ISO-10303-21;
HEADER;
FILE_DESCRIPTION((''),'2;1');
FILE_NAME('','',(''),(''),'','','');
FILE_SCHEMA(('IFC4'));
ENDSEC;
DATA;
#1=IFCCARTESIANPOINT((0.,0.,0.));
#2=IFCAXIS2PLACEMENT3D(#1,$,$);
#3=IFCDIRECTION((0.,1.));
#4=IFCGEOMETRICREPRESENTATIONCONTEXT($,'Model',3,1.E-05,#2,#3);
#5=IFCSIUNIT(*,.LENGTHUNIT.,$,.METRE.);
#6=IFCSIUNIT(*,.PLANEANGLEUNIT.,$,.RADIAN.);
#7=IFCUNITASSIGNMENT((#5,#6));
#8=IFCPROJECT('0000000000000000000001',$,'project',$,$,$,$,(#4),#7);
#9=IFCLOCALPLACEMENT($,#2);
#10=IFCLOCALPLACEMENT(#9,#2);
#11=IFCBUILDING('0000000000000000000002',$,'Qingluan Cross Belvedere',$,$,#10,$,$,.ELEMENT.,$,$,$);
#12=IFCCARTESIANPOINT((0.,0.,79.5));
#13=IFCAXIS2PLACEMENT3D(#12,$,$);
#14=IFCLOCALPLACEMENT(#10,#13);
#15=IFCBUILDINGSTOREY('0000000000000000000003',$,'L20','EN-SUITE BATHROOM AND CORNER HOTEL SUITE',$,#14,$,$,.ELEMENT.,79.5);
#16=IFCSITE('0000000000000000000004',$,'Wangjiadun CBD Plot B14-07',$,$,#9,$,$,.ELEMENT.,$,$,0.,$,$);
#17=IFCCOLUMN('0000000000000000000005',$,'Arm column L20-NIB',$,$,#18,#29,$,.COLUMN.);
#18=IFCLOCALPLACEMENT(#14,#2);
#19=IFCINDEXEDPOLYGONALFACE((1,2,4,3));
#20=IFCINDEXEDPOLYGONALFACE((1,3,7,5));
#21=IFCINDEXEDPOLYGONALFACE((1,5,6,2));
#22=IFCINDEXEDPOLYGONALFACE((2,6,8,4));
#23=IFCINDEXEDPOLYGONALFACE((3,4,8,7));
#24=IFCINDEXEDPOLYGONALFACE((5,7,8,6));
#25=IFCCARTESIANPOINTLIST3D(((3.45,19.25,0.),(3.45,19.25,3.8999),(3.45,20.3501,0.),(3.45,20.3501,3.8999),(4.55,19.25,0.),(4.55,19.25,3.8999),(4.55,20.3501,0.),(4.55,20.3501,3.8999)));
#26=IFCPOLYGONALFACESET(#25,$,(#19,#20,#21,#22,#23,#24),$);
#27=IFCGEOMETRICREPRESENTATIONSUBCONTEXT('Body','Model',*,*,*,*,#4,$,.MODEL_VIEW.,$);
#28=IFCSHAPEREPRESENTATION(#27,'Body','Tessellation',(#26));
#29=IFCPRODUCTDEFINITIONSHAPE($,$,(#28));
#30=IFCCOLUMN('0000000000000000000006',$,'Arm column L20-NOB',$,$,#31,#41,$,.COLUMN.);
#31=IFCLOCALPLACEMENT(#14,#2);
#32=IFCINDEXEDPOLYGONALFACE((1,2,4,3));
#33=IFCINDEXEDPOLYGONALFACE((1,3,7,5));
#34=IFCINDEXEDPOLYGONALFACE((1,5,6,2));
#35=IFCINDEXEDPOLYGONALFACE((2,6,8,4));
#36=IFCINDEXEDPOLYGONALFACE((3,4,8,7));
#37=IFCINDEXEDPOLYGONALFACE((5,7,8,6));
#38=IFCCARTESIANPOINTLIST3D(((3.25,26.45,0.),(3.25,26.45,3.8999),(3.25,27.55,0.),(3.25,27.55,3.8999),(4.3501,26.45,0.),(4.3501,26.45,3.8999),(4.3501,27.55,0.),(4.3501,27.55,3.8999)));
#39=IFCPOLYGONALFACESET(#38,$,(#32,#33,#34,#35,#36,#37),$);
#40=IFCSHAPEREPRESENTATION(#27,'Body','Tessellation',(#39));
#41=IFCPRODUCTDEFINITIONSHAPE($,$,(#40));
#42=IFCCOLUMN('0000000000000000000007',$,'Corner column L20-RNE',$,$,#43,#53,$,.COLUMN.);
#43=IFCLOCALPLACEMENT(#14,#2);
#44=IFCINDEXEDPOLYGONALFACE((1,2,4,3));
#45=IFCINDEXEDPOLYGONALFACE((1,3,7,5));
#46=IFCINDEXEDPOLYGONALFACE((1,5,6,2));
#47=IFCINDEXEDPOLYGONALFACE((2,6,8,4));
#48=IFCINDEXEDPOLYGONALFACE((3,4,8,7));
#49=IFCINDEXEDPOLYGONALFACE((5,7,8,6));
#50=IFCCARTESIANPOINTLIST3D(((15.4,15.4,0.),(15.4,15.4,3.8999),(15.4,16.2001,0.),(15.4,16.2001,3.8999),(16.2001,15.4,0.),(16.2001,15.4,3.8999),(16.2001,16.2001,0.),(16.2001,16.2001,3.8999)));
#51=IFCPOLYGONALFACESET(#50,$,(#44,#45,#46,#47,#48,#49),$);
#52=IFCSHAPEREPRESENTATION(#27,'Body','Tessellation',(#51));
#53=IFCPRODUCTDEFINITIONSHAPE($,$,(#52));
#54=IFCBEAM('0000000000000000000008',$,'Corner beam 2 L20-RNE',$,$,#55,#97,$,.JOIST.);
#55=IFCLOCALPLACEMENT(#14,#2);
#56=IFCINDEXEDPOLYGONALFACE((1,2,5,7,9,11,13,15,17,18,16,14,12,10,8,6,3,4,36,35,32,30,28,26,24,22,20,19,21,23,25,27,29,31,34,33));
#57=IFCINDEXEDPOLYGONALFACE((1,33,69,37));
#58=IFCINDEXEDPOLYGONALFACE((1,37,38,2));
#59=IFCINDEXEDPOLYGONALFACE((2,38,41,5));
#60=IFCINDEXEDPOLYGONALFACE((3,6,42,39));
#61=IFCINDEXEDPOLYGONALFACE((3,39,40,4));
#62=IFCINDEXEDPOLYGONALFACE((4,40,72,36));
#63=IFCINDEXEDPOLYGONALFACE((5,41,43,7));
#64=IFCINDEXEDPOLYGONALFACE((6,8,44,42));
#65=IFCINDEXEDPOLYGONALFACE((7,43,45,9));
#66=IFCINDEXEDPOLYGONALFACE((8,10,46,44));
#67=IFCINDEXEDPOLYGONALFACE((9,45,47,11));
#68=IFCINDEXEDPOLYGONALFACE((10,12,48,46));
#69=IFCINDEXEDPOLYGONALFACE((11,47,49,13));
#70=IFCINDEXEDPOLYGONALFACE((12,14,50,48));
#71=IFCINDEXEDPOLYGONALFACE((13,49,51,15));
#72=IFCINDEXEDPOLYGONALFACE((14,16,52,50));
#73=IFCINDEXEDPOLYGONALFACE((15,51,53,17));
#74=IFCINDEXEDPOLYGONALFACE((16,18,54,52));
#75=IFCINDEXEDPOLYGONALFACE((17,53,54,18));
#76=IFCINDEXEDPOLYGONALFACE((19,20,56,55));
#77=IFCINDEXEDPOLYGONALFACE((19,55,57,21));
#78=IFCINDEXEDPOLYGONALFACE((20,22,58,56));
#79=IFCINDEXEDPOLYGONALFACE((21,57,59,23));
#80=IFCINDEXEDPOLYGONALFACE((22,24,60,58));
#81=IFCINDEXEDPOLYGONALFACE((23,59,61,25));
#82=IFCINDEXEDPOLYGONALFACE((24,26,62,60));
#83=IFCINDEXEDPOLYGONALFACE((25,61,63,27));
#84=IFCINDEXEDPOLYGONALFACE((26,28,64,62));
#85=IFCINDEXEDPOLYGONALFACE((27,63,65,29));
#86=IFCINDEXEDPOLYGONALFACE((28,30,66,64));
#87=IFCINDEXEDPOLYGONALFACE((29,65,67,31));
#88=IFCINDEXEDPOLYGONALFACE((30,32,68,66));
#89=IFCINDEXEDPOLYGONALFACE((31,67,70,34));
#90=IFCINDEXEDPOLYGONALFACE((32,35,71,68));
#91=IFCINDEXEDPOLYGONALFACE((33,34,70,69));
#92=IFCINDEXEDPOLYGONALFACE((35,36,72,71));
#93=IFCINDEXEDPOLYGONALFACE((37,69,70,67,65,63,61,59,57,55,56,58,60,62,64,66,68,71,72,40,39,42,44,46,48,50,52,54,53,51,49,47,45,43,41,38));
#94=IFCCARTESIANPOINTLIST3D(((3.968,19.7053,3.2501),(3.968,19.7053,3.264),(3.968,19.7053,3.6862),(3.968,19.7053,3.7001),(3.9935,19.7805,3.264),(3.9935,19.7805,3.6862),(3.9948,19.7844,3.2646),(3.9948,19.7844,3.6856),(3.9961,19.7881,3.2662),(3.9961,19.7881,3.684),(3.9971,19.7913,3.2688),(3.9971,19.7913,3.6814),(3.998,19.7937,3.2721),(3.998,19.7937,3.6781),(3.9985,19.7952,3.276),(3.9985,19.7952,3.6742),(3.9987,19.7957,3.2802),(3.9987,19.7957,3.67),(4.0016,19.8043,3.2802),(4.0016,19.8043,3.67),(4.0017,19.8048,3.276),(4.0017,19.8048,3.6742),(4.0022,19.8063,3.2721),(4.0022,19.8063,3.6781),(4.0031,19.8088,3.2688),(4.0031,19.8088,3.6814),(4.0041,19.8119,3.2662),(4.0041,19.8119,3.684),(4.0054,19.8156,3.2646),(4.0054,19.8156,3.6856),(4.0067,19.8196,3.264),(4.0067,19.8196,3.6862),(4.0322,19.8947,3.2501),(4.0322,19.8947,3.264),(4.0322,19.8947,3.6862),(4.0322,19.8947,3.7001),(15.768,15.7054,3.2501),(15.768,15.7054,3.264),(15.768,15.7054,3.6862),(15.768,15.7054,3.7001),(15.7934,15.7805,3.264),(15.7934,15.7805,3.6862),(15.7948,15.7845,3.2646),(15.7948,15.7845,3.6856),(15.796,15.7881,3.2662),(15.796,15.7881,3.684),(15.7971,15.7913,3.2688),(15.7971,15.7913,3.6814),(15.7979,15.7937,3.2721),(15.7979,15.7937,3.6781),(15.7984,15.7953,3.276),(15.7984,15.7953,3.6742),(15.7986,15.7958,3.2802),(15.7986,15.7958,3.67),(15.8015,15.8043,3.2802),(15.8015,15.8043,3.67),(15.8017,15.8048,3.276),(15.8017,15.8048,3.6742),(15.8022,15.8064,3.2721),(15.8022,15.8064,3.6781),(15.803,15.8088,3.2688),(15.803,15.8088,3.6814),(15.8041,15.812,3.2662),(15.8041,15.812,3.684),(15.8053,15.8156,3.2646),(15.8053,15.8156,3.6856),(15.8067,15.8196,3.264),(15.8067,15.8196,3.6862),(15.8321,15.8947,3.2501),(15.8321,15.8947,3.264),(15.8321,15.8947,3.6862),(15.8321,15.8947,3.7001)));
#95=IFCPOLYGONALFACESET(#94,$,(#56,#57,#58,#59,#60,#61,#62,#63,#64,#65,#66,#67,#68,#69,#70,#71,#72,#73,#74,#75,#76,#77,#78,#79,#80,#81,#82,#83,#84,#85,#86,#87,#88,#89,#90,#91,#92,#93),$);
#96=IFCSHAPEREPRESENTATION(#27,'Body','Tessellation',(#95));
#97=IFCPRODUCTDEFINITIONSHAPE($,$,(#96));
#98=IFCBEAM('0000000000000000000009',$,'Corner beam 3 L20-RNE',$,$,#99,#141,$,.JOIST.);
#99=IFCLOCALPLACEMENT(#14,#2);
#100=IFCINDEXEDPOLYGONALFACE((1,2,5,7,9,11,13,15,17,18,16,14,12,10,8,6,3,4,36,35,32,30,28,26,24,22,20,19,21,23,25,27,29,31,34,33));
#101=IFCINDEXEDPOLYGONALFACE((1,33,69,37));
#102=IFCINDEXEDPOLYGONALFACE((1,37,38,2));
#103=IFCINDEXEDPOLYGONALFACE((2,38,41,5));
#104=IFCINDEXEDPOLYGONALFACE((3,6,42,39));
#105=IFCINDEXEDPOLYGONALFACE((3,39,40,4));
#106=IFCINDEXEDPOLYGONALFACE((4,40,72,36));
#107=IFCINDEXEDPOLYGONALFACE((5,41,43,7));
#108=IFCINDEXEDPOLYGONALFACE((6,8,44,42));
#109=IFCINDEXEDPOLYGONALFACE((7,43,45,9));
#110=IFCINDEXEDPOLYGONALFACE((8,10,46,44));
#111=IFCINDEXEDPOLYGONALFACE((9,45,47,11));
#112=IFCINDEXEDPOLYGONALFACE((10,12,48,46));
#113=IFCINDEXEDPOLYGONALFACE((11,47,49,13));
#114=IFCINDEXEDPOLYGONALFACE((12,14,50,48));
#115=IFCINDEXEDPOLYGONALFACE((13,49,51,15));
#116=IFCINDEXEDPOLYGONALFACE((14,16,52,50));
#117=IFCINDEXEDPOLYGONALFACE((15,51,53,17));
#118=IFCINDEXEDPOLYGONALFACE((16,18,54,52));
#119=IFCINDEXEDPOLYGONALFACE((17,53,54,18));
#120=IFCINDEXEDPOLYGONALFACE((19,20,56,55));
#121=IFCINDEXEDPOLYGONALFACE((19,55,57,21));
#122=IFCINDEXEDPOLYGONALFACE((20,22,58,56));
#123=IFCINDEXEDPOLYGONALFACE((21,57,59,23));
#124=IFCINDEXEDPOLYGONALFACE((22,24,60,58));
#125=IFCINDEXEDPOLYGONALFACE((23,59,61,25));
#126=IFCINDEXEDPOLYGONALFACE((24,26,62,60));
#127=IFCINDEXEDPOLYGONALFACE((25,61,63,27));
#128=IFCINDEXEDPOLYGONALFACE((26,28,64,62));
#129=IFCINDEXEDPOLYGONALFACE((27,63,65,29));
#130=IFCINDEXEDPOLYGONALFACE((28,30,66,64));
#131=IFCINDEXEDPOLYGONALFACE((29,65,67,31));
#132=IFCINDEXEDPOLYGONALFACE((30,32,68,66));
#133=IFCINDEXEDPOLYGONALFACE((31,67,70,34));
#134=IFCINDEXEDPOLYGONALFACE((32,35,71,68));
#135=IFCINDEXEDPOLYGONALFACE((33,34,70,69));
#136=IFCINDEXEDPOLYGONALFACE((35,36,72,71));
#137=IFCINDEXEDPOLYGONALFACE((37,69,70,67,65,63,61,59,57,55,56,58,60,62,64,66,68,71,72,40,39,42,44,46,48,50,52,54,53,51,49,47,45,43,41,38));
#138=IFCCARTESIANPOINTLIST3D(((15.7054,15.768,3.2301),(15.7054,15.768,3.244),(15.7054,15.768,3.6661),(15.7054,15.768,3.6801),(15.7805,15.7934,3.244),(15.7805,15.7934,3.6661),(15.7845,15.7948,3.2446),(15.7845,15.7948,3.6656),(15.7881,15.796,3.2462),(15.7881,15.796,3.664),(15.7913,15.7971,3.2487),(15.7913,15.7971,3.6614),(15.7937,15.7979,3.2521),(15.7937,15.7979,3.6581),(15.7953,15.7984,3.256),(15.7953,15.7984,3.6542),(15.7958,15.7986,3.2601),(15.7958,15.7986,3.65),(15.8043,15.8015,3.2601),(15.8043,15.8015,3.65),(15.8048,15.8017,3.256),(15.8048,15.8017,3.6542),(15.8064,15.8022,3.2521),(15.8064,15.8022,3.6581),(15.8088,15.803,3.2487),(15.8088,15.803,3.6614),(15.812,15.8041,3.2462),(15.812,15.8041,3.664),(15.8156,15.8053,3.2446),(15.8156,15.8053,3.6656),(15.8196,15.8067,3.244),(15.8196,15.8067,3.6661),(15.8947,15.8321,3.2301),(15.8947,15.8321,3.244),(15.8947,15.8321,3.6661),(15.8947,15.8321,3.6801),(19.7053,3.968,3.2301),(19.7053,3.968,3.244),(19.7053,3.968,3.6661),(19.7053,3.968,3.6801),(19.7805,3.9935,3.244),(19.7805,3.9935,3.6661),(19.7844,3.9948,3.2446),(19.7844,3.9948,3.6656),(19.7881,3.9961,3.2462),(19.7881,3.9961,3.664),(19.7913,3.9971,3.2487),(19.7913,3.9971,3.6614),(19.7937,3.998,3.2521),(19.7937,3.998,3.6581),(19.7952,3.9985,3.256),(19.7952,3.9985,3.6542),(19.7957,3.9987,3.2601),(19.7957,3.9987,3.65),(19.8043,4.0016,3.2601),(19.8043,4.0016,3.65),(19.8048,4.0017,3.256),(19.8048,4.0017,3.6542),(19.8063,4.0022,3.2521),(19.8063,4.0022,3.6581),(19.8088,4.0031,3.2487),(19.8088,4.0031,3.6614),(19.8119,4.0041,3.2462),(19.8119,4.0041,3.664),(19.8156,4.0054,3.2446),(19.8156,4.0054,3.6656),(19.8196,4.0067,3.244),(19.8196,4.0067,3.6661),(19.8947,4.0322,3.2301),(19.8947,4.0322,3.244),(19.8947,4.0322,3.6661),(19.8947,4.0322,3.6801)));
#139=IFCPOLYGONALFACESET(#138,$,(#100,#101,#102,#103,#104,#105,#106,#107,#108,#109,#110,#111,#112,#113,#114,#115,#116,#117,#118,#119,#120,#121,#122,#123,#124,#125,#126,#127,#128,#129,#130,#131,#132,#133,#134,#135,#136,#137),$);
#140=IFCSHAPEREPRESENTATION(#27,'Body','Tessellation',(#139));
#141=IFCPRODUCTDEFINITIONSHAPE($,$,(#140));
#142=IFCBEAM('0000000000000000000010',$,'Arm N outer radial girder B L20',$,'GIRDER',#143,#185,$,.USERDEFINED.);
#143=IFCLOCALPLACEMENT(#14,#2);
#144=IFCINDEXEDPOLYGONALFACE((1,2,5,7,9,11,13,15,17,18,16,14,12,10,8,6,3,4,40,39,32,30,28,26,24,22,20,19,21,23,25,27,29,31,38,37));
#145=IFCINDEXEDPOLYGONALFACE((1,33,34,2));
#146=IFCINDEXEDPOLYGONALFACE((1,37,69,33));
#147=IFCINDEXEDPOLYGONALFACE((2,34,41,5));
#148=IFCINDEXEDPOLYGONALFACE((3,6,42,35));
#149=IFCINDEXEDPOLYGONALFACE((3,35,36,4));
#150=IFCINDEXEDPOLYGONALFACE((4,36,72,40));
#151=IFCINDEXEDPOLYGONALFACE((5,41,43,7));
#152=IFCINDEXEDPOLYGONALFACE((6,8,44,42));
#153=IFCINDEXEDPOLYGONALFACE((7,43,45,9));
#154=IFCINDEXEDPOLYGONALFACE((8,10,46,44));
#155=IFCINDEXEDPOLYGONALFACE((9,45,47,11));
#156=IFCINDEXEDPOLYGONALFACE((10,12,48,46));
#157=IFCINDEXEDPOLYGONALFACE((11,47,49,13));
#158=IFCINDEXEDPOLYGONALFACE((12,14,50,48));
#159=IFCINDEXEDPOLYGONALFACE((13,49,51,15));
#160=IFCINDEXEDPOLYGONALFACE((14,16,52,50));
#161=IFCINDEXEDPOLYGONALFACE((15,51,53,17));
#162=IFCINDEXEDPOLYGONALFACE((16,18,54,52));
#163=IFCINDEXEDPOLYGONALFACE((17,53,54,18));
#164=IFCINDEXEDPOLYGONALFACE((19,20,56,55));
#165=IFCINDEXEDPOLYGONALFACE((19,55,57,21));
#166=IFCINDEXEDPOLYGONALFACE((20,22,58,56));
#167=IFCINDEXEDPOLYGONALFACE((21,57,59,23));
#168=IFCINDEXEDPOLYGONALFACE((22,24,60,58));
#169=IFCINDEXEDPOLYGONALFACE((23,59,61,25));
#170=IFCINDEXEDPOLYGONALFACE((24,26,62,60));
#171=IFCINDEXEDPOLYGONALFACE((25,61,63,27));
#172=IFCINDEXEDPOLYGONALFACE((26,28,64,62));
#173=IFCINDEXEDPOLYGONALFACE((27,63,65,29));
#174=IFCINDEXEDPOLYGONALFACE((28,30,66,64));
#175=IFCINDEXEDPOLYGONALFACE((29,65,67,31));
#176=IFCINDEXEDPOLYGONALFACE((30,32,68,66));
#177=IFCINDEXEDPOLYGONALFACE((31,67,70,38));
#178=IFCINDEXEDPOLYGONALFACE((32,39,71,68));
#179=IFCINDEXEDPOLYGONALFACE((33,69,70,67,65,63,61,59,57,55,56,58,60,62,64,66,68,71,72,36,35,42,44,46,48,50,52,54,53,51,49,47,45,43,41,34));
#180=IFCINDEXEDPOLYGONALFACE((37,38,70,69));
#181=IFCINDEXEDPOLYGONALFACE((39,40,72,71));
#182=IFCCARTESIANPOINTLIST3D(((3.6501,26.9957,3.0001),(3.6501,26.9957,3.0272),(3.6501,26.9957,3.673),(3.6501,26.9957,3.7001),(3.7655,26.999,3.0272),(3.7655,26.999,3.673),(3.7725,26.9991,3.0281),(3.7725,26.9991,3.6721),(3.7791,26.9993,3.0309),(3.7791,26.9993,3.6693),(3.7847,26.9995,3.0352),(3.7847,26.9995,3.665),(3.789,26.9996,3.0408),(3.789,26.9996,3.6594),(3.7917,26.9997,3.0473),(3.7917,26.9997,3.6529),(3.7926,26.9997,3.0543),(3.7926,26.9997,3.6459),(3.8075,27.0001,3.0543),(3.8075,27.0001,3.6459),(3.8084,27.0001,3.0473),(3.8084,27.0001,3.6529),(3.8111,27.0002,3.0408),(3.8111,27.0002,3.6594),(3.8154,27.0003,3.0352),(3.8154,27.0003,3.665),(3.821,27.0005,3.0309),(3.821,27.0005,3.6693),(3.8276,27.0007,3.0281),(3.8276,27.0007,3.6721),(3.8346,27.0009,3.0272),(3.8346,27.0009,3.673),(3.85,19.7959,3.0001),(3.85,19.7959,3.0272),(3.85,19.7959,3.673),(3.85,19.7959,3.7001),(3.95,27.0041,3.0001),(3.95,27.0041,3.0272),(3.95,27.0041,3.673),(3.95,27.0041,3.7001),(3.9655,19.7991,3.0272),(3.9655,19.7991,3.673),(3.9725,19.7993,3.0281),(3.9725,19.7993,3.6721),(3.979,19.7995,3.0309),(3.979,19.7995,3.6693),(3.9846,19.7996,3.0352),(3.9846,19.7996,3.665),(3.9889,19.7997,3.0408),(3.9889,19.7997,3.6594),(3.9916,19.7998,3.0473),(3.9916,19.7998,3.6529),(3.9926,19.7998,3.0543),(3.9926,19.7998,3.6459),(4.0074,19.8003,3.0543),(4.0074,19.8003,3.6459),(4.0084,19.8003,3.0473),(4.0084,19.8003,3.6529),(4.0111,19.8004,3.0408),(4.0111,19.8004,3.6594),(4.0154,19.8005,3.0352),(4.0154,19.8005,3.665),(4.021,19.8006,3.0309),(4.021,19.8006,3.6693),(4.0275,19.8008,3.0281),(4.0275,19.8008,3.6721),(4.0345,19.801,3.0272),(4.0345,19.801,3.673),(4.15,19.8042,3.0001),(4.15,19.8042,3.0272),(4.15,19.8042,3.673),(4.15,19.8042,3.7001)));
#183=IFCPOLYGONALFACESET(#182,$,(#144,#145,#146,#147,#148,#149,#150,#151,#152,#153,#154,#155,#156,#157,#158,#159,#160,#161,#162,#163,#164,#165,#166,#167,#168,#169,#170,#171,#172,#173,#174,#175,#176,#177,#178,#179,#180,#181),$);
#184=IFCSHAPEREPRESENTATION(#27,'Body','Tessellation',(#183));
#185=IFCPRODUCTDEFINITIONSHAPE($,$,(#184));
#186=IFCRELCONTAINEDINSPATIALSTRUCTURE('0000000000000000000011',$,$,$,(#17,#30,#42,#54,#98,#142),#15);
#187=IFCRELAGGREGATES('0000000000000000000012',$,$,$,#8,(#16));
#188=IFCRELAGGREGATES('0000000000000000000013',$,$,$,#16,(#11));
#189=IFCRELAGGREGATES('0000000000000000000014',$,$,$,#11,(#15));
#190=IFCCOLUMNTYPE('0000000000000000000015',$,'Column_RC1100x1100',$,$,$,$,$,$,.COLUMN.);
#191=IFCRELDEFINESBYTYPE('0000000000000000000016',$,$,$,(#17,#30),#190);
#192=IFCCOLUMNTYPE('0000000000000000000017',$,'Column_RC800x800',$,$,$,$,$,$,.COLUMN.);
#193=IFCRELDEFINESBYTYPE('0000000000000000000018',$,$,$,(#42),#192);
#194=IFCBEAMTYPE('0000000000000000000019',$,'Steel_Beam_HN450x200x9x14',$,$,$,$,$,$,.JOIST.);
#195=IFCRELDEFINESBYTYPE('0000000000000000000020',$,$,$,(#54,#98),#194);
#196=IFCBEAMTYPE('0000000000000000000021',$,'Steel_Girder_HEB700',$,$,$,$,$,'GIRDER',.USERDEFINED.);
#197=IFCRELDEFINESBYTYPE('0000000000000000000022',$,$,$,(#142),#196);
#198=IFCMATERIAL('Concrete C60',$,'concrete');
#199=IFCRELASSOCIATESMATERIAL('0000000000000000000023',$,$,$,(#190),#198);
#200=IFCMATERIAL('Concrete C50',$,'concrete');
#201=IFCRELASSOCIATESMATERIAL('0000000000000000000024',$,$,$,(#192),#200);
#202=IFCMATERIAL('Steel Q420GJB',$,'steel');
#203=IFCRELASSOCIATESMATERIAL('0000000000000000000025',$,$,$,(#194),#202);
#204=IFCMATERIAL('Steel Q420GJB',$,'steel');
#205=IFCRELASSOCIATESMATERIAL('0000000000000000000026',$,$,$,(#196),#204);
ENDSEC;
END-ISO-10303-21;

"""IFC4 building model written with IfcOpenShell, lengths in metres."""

from ifc_helpers import new_model, si_unit, direction, frame, origin, origin_2d, place, context, subcontext, project, spatial, rectangle, i_section, extrude, material, material_profile, profile_set, type_object, element, save


model = new_model("IFC4")

# Units and contexts
model_context = context("Model", 3, precision=1e-05, world=origin(), true_north=direction((0.0, 1.0)))
body_context = subcontext(model_context, "Body", "Model", "MODEL_VIEW")
ifc_project = project(units=[si_unit("LENGTHUNIT", "METRE"), si_unit("PLANEANGLEUNIT", "RADIAN")], contexts=[model_context])

# Site, building, storey
site_placement = place(None, origin())
site = spatial("IfcSite", under=ifc_project, at=site_placement, Name="Wangjiadun CBD Plot B14-07", CompositionType="ELEMENT", RefElevation=0.0)
building_placement = place(site_placement, origin())
building = spatial("IfcBuilding", under=site, at=building_placement, Name="Qingluan Cross Belvedere", CompositionType="ELEMENT")
storey_placement = place(building_placement, frame((0.0, 0.0, 79.5)))
storey = spatial("IfcBuildingStorey", under=building, at=storey_placement, Name="L20", Description="EN-SUITE BATHROOM AND CORNER HOTEL SUITE", CompositionType="ELEMENT", Elevation=79.5)

# Columns
ifc_material_1 = material(Name="Concrete C60", Category="concrete")
ifc_material_profile_1 = material_profile(ifc_material_1, rectangle(XDim=1.1001, YDim=1.1001, at=origin_2d()), Name="RC1100x1100")
ifc_profile_set_1 = profile_set([ifc_material_profile_1], Name="Concrete C60")
column_type_1 = type_object("IfcColumnType", Name="Column_RC1100x1100", PredefinedType="COLUMN", material=ifc_profile_set_1)
for number, where, z_axis, x_axis, name in (
    (1, (4.0, 19.8, 0.0), (0.0, 0.0, 1.0), (1.0, 0.0, 0.0), "Arm column L20-NIB"),
    (2, (3.8, 27.0, 0.0), (0.0, 0.0, 1.0), (1.0, 0.0, 0.0), "Arm column L20-NOB"),
):
    element("IfcColumn", number, at=place(storey_placement, frame(where, z_axis=z_axis, x_axis=x_axis)), inside=storey, type_object=column_type_1, Name=name, PredefinedType="COLUMN", context=body_context, shape_type="SweptSolid", body=[
        extrude(rectangle(XDim=1.1001, YDim=1.1001, at=origin_2d()), origin(), (0.0, 0.0, 1.0), 3.8999),
    ])
ifc_material_2 = material(Name="Concrete C50", Category="concrete")
ifc_material_profile_2 = material_profile(ifc_material_2, rectangle(XDim=0.8, YDim=0.8, at=origin_2d()), Name="RC800x800")
ifc_profile_set_2 = profile_set([ifc_material_profile_2], Name="Concrete C50")
column_type_2 = type_object("IfcColumnType", Name="Column_RC800x800", PredefinedType="COLUMN", material=ifc_profile_set_2)
column_placement = place(storey_placement, frame((15.8, 15.8, 0.0), z_axis=(0.0, 0.0, 1.0), x_axis=(1.0, 0.0, 0.0)))
element("IfcColumn", 3, at=column_placement, inside=storey, type_object=column_type_2, Name="Corner column L20-RNE", PredefinedType="COLUMN", context=body_context, shape_type="SweptSolid", body=[
    extrude(rectangle(XDim=0.8, YDim=0.8, at=origin_2d()), origin(), (0.0, 0.0, 1.0), 3.8999),
])

# Beams
ifc_material_3 = material(Name="Steel Q420GJB", Category="steel")
ifc_material_profile_3 = material_profile(ifc_material_3, i_section(OverallWidth=0.2, OverallDepth=0.45, WebThickness=0.009, FlangeThickness=0.0139, FilletRadius=0.0161, at=origin_2d()), Name="HN450x200x9x14")
ifc_profile_set_3 = profile_set([ifc_material_profile_3], Name="Steel Q420GJB")
beam_type_1 = type_object("IfcBeamType", Name="Steel_Beam_HN450x200x9x14", PredefinedType="JOIST", material=ifc_profile_set_3)
for number, where, z_axis, x_axis, name in (
    (4, (15.8, 15.8, 3.4751), (-0.947066, 0.321038, 0.0), (-0.321038, -0.947066, 0.0), "Corner beam 2 L20-RNE"),
    (5, (15.8, 15.8, 3.4551), (0.321038, -0.947066, 0.0), (0.947066, 0.321038, 0.0), "Corner beam 3 L20-RNE"),
):
    element("IfcBeam", number, at=place(storey_placement, frame(where, z_axis=z_axis, x_axis=x_axis)), inside=storey, type_object=beam_type_1, Name=name, PredefinedType="JOIST", context=body_context, shape_type="SweptSolid", body=[
        extrude(i_section(OverallWidth=0.2, OverallDepth=0.45, WebThickness=0.009, FlangeThickness=0.0139, FilletRadius=0.0161, at=origin_2d()), origin(), (0.0, 0.0, 1.0), 12.4595),
    ])
ifc_material_4 = material(Name="Steel Q420GJB", Category="steel")
ifc_material_profile_4 = material_profile(ifc_material_4, i_section(OverallWidth=0.3, OverallDepth=0.7, WebThickness=0.0149, FlangeThickness=0.0271, FilletRadius=0.0271, at=origin_2d()), Name="HEB700")
ifc_profile_set_4 = profile_set([ifc_material_profile_4], Name="Steel Q420GJB")
beam_type_2 = type_object("IfcBeamType", Name="Steel_Girder_HEB700", ElementType="GIRDER", PredefinedType="USERDEFINED", material=ifc_profile_set_4)
beam_placement = place(storey_placement, frame((4.0, 19.8, 3.3501), z_axis=(-0.02776, 0.999615, 0.0), x_axis=(-0.999615, -0.02776, 0.0)))
element("IfcBeam", 6, at=beam_placement, inside=storey, type_object=beam_type_2, Name="Arm N outer radial girder B L20", ObjectType="GIRDER", PredefinedType="USERDEFINED", context=body_context, shape_type="SweptSolid", body=[
    extrude(i_section(OverallWidth=0.3, OverallDepth=0.7, WebThickness=0.0149, FlangeThickness=0.0271, FilletRadius=0.0271, at=origin_2d()), origin(), (0.0, 0.0, 1.0), 7.2026),
])

save(model, "model.ifc")
